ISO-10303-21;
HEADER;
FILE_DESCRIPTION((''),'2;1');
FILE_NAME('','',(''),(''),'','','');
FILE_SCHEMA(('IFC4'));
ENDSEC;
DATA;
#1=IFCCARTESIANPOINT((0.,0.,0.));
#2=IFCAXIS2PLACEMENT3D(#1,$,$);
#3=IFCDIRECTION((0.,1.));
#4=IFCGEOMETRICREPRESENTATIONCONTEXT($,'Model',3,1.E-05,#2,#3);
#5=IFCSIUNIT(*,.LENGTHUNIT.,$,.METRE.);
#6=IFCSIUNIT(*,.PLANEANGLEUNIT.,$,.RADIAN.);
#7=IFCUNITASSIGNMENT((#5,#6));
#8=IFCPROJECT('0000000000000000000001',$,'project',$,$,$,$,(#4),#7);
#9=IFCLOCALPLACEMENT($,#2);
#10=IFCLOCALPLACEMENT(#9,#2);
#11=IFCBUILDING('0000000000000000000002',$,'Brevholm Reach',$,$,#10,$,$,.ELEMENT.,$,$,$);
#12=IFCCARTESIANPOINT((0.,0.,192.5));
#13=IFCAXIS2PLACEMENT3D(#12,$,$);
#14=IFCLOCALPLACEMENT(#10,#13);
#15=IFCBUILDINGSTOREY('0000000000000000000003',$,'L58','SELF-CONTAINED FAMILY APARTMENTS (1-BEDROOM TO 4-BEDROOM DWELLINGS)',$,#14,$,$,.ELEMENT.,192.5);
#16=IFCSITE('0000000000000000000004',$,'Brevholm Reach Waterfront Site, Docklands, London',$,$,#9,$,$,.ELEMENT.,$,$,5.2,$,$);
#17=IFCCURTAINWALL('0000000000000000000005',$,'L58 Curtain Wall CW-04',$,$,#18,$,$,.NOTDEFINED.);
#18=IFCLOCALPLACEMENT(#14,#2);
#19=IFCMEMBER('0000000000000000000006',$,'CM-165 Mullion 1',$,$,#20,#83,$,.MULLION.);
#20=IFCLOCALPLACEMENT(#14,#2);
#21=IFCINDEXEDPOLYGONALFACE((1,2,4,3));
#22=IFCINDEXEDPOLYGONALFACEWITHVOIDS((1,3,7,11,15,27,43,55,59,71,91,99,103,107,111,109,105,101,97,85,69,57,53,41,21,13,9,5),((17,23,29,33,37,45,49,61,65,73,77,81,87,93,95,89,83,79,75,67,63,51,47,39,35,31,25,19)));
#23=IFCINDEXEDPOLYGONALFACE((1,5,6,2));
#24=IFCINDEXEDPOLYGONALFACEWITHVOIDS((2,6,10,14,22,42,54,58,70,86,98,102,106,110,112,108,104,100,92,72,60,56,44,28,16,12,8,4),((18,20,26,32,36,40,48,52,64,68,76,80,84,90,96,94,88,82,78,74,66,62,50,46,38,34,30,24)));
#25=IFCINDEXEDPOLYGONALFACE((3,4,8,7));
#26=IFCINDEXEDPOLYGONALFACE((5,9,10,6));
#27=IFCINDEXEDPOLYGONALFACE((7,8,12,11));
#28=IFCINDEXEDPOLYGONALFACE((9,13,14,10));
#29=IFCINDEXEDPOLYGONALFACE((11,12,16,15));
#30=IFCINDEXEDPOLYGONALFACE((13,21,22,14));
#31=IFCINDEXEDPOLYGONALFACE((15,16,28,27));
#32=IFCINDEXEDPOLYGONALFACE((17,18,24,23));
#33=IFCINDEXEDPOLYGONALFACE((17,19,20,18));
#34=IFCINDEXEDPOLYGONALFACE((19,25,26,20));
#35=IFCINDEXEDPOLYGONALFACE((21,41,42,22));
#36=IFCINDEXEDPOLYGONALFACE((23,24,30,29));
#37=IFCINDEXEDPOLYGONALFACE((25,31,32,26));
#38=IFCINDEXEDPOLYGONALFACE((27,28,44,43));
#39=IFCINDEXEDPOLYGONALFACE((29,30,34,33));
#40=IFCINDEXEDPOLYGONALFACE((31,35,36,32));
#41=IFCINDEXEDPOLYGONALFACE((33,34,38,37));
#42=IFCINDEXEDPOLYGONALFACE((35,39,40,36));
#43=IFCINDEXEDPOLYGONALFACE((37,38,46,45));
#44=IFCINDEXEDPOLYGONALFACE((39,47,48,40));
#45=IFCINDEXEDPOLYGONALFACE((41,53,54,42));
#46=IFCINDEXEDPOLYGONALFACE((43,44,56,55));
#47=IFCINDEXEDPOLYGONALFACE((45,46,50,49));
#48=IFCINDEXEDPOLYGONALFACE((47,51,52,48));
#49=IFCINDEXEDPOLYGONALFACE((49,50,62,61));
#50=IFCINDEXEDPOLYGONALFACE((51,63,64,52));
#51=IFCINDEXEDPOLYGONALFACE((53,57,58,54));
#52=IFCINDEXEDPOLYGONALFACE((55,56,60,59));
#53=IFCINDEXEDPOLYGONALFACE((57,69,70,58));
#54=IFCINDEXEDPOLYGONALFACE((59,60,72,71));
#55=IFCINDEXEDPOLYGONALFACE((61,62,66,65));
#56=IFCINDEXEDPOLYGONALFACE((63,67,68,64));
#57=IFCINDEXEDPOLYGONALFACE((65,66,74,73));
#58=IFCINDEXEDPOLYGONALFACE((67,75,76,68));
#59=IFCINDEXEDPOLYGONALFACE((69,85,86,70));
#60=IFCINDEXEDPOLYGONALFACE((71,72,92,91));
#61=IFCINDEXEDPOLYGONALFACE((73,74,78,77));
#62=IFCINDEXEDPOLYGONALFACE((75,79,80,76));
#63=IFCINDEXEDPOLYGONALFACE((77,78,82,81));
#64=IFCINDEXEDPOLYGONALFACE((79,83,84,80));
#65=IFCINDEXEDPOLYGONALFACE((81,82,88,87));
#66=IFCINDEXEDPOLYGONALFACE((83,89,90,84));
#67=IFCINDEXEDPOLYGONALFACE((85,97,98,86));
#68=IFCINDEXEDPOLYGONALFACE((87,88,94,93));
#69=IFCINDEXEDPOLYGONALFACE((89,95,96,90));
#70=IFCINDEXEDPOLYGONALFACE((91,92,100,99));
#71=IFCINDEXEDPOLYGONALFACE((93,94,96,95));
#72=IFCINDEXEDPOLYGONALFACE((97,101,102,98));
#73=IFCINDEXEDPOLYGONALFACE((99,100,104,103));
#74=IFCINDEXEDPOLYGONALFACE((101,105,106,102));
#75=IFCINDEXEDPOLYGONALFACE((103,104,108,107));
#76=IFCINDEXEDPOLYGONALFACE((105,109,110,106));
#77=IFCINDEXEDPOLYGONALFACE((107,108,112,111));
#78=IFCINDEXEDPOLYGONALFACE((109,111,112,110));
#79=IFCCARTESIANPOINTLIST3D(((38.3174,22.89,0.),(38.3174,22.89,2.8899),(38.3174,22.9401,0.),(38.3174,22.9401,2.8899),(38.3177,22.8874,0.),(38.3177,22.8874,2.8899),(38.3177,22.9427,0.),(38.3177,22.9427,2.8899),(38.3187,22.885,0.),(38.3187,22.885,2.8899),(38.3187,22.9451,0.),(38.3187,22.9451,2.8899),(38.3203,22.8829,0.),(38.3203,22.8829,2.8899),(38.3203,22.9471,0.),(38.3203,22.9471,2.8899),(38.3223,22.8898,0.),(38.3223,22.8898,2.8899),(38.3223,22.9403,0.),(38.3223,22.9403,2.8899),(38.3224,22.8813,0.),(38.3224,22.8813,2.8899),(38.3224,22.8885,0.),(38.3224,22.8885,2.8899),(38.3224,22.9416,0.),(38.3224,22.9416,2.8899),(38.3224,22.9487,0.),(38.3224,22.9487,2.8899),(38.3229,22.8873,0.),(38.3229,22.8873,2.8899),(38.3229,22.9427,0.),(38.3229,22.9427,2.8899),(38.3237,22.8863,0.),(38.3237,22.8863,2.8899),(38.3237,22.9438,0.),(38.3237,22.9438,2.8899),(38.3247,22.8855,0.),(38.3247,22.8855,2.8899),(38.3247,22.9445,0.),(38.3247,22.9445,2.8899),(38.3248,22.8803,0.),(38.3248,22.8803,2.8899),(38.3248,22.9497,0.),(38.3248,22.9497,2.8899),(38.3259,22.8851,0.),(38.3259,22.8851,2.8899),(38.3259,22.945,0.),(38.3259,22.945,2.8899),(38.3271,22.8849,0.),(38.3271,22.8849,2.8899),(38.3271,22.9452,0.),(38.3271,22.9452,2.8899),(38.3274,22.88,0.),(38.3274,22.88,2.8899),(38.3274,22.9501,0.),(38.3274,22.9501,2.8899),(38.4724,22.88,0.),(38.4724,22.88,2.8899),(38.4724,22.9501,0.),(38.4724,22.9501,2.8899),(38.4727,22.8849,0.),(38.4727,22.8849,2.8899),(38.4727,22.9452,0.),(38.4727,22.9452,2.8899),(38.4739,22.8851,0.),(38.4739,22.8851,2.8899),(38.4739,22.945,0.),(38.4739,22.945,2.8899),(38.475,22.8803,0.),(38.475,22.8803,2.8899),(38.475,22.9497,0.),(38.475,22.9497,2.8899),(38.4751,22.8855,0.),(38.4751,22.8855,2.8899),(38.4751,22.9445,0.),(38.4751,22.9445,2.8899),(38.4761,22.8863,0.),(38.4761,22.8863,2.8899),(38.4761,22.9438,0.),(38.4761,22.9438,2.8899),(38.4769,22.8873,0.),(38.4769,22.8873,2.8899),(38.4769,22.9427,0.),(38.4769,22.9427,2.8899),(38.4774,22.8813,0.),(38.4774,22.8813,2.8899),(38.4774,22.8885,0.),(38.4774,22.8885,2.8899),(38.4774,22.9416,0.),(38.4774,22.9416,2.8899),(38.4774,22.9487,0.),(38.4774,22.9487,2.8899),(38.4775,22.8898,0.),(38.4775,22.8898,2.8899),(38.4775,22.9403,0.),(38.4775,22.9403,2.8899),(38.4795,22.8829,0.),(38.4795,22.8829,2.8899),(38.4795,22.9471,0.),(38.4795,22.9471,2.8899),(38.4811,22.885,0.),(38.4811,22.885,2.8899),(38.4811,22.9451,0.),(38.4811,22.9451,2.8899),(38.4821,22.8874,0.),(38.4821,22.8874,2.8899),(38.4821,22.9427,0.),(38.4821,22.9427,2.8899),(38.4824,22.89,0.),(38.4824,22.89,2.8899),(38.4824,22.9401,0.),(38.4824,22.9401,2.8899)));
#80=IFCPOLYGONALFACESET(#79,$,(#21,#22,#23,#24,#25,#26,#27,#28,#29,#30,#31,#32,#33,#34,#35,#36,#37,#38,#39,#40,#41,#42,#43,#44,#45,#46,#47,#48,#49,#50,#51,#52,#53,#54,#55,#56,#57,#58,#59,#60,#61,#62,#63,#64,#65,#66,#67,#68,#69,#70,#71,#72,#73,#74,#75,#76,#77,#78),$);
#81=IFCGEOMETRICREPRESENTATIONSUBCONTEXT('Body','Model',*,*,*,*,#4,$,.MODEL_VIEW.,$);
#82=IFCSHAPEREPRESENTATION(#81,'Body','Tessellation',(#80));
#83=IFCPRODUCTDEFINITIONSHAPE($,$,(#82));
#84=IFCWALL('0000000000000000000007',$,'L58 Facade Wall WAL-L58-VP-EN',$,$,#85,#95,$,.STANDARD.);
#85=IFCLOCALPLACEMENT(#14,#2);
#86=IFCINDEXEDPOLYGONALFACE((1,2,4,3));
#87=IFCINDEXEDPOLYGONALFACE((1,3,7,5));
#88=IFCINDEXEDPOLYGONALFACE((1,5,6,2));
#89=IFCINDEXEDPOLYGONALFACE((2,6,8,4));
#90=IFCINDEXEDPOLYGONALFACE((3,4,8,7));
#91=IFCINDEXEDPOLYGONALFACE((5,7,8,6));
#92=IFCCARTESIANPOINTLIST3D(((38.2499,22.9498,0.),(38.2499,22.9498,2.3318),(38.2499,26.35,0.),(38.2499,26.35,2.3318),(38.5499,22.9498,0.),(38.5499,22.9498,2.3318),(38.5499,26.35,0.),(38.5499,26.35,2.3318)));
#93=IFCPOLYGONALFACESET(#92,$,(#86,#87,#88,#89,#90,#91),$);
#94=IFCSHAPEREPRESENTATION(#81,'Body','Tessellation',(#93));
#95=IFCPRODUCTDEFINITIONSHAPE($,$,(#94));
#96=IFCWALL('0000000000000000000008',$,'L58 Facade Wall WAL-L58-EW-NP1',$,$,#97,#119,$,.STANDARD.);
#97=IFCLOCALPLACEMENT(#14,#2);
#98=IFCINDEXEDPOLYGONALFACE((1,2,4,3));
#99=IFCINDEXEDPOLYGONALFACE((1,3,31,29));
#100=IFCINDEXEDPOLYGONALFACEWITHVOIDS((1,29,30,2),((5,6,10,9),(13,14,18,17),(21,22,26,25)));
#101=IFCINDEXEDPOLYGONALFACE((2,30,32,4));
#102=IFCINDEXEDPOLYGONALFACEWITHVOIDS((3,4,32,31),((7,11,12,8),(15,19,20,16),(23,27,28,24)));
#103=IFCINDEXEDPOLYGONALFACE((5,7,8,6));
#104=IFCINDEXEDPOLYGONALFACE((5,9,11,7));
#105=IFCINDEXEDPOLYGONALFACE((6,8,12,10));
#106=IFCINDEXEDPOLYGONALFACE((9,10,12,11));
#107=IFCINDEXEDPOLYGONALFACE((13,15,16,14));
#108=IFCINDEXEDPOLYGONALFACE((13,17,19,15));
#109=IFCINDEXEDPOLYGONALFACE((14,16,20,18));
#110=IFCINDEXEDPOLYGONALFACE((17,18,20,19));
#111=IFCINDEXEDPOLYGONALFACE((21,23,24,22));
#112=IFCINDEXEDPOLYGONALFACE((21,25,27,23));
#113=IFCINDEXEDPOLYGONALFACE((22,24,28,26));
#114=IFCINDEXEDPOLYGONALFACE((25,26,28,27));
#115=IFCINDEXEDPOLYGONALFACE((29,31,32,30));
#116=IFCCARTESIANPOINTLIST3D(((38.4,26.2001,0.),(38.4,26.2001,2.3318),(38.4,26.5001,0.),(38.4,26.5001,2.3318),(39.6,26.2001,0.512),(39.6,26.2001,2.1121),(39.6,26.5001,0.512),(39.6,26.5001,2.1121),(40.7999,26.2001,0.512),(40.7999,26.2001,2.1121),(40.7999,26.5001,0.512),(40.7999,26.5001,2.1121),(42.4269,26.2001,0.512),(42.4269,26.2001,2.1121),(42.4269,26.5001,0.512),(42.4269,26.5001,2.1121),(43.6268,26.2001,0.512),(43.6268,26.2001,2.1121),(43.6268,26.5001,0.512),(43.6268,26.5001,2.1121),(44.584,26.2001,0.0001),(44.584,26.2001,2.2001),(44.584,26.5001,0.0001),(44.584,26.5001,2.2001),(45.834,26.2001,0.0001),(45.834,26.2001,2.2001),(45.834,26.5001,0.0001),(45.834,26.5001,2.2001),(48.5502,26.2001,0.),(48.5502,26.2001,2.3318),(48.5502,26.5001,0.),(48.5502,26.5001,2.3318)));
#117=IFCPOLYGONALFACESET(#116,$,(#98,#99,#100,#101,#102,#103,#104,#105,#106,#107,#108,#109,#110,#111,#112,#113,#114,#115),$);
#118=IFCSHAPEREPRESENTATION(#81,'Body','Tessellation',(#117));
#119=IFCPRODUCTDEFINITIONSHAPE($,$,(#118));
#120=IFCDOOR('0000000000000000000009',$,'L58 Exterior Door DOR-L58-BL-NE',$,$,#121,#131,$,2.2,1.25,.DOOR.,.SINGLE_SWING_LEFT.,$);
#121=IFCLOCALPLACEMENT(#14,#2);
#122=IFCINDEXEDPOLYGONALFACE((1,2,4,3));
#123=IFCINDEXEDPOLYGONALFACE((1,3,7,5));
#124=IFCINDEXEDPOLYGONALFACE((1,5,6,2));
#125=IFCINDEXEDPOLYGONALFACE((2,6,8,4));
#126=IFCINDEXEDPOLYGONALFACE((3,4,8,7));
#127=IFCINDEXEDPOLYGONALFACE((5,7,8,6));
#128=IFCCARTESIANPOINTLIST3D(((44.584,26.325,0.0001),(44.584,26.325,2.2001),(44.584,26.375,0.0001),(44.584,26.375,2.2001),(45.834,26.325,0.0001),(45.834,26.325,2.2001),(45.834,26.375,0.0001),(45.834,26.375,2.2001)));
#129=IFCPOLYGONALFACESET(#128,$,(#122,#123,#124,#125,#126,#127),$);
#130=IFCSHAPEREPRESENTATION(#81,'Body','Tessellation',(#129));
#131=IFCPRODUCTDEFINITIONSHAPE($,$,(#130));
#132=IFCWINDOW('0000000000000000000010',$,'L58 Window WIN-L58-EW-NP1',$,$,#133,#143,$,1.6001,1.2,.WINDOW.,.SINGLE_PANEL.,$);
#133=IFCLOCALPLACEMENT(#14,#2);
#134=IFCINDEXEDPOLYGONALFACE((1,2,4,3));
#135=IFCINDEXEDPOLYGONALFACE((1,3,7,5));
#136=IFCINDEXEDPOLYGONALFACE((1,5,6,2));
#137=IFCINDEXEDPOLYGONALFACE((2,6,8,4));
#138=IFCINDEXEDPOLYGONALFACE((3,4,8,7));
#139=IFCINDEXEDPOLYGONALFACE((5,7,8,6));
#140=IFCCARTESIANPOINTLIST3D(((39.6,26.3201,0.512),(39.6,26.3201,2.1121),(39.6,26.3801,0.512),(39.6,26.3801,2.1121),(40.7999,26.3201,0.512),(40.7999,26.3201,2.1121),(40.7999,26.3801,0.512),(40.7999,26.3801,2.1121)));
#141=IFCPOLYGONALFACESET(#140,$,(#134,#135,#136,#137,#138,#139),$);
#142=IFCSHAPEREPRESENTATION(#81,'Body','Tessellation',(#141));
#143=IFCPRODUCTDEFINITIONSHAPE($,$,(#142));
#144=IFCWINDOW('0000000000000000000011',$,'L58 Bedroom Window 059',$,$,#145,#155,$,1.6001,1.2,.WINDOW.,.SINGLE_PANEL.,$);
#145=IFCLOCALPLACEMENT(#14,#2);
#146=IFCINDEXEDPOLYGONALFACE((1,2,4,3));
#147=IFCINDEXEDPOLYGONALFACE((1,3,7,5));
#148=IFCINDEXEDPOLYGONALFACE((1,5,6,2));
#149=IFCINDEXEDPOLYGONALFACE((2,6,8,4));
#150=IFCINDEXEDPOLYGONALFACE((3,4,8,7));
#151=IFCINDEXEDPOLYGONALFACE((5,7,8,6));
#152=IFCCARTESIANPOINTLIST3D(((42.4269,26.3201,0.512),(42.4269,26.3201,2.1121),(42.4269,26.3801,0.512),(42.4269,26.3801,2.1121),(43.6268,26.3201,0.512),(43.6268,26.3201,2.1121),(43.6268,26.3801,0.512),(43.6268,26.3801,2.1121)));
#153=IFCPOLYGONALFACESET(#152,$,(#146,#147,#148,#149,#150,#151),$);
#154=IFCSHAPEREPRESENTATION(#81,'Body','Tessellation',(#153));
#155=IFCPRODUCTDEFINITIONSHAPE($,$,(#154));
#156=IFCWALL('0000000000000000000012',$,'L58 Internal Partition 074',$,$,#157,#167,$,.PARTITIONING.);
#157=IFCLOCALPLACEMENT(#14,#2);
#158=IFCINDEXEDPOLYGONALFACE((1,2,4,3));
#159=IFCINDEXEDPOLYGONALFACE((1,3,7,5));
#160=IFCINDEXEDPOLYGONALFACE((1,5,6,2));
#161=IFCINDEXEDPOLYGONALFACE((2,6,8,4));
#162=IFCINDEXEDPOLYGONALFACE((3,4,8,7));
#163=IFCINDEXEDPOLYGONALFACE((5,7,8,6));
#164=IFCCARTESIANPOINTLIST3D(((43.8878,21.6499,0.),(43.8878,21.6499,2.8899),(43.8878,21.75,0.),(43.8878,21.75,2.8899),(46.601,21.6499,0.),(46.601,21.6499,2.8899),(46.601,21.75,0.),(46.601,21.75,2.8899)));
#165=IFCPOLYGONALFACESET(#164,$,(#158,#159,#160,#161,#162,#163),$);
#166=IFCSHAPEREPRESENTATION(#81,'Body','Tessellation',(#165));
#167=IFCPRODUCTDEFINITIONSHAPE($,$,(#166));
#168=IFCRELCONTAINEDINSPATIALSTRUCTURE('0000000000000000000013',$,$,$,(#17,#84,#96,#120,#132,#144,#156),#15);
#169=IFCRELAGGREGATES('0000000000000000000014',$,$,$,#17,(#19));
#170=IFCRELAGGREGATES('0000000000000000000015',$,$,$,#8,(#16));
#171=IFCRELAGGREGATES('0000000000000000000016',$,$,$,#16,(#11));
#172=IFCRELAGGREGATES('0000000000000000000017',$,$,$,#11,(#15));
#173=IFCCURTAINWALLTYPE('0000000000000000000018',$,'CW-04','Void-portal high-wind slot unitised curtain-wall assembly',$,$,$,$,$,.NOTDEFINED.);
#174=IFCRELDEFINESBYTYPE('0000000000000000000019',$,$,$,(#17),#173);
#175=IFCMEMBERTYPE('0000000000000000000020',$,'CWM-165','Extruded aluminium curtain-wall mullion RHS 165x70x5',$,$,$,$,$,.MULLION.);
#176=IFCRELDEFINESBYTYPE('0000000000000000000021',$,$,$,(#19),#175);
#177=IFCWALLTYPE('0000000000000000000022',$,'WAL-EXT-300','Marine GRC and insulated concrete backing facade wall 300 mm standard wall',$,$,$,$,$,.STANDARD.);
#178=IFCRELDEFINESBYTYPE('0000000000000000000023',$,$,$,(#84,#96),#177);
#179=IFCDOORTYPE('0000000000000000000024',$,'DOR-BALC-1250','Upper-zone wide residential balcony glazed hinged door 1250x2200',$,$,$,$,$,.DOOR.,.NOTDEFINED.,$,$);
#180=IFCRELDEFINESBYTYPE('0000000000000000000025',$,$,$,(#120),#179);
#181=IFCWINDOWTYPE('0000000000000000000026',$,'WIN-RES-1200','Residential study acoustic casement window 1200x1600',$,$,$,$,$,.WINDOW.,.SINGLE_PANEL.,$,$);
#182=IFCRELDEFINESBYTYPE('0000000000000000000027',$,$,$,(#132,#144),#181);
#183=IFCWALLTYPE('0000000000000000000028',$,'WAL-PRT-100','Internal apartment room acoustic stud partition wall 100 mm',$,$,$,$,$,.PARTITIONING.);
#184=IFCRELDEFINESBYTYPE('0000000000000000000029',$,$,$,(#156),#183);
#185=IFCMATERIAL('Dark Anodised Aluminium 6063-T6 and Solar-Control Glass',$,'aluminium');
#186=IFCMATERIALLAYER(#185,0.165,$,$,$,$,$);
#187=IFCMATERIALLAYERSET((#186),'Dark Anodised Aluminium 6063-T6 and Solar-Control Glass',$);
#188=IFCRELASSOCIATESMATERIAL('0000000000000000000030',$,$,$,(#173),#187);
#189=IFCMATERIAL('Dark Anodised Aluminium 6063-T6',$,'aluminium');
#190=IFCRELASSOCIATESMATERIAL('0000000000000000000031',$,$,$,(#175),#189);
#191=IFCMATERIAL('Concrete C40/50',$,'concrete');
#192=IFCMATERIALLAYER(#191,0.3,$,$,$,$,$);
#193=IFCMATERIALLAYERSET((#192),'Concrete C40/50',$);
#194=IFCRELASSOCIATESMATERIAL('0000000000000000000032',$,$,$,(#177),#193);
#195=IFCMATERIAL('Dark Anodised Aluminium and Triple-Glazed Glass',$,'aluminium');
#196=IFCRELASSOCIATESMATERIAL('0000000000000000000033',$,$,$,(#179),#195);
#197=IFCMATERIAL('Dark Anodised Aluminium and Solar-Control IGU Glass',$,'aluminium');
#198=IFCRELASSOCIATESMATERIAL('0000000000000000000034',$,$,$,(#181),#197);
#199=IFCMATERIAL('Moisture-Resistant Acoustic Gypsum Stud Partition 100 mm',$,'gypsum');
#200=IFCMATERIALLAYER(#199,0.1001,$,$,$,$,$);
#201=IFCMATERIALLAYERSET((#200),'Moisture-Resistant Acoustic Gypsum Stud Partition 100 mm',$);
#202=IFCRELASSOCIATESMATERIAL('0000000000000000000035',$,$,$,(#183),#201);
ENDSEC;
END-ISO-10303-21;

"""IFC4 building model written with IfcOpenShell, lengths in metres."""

from ifc_helpers import new_model, si_unit, direction, frame, frame_2d, origin, origin_2d, place, context, subcontext, project, spatial, rectangle, hollow_rectangle, extrude, material, layer, layer_set, material_profile, profile_set, type_object, element, fill, aggregate, save


model = new_model("IFC4")

# Units and contexts
model_context = context("Model", 3, precision=1e-05, world=origin(), true_north=direction((0.0, 1.0)))
body_context = subcontext(model_context, "Body", "Model", "MODEL_VIEW")
ifc_project = project(units=[si_unit("LENGTHUNIT", "METRE"), si_unit("PLANEANGLEUNIT", "RADIAN")], contexts=[model_context])

# Site, building, storey
site_placement = place(None, origin())
site = spatial("IfcSite", under=ifc_project, at=site_placement, Name="Brevholm Reach Waterfront Site, Docklands, London", CompositionType="ELEMENT", RefElevation=5.2)
building_placement = place(site_placement, origin())
building = spatial("IfcBuilding", under=site, at=building_placement, Name="Brevholm Reach", CompositionType="ELEMENT")
storey_placement = place(building_placement, frame((0.0, 0.0, 192.5)))
storey = spatial("IfcBuildingStorey", under=building, at=storey_placement, Name="L58", Description="SELF-CONTAINED FAMILY APARTMENTS (1-BEDROOM TO 4-BEDROOM DWELLINGS)", CompositionType="ELEMENT", Elevation=192.5)

# Curtain wall, member
ifc_material_1 = material(Name="Dark Anodised Aluminium 6063-T6 and Solar-Control Glass", Category="aluminium")
ifc_layer_1 = layer(ifc_material_1, 0.165)
ifc_layer_set_1 = layer_set([ifc_layer_1], Name="Dark Anodised Aluminium 6063-T6 and Solar-Control Glass")
curtain_wall_type = type_object("IfcCurtainWallType", Name="CW-04", Description="Void-portal high-wind slot unitised curtain-wall assembly", PredefinedType="NOTDEFINED", material=ifc_layer_set_1)
curtain_wall_placement = place(storey_placement, origin())
curtain_wall = element("IfcCurtainWall", 1, at=curtain_wall_placement, inside=storey, type_object=curtain_wall_type, Name="L58 Curtain Wall CW-04", PredefinedType="NOTDEFINED")
ifc_material_2 = material(Name="Dark Anodised Aluminium 6063-T6", Category="aluminium")
ifc_material_profile_1 = material_profile(ifc_material_2, hollow_rectangle(XDim=0.0701, YDim=0.165, WallThickness=0.0049, InnerFilletRadius=0.0049, OuterFilletRadius=0.01, at=origin_2d()), Name="RHS 165x70x5")
ifc_profile_set_1 = profile_set([ifc_material_profile_1], Name="Dark Anodised Aluminium 6063-T6")
member_type = type_object("IfcMemberType", Name="CWM-165", Description="Extruded aluminium curtain-wall mullion RHS 165x70x5", PredefinedType="MULLION", material=ifc_profile_set_1)
member_placement = place(storey_placement, frame((38.3999, 22.915, 0.0), z_axis=(0.0, 0.0, 1.0), x_axis=(0.0, -1.0, 0.0)))
member = element("IfcMember", 2, at=member_placement, type_object=member_type, Name="CM-165 Mullion 1", PredefinedType="MULLION", context=body_context, shape_type="SweptSolid", body=[
    extrude(hollow_rectangle(XDim=0.0701, YDim=0.165, WallThickness=0.0049, InnerFilletRadius=0.0049, OuterFilletRadius=0.01, at=origin_2d()), origin(), (0.0, 0.0, 1.0), 2.8899),
])
aggregate(curtain_wall, [member])

# Wall
ifc_material_3 = material(Name="Concrete C40/50", Category="concrete")
ifc_layer_2 = layer(ifc_material_3, 0.3)
ifc_layer_set_2 = layer_set([ifc_layer_2], Name="Concrete C40/50")
wall_type_1 = type_object("IfcWallType", Name="WAL-EXT-300", Description="Marine GRC and insulated concrete backing facade wall 300 mm standard wall", PredefinedType="STANDARD", material=ifc_layer_set_2)
wall_1_placement = place(storey_placement, frame((38.3999, 26.3501, 0.0), z_axis=(0.0, 0.0, 1.0), x_axis=(0.0, -1.0, 0.0)))
element("IfcWall", 3, at=wall_1_placement, inside=storey, type_object=wall_type_1, Name="L58 Facade Wall WAL-L58-VP-EN", PredefinedType="STANDARD", context=body_context, shape_type="SweptSolid", body=[
    extrude(rectangle(XDim=3.4001, YDim=0.3, at=frame_2d((1.7002, 0.0))), origin(), (0.0, 0.0, 1.0), 2.3318),
])

# Wall, openings, door, windows
wall_2_placement = place(storey_placement, frame((38.3999, 26.3501, 0.0), z_axis=(0.0, 0.0, 1.0), x_axis=(1.0, 0.0, 0.0)))
wall_2 = element("IfcWall", 4, at=wall_2_placement, inside=storey, type_object=wall_type_1, Name="L58 Facade Wall WAL-L58-EW-NP1", PredefinedType="STANDARD", context=body_context, shape_type="SweptSolid", body=[
    extrude(rectangle(XDim=10.1501, YDim=0.3, at=frame_2d((5.0752, 0.0))), origin(), (0.0, 0.0, 1.0), 2.3318),
])
opening_1_placement = place(wall_2_placement, frame((6.1841, 0.0, 0.0)))
opening_1 = element("IfcOpeningElement", 5, at=opening_1_placement, cuts=wall_2, PredefinedType="OPENING", context=body_context, shape_type="SweptSolid", body=[
    extrude(rectangle(XDim=1.25, YDim=2.2, at=frame_2d((0.625, 1.1001))), frame((0.0, 0.1599, 0.0), z_axis=(0.0, -1.0, 0.0), x_axis=(1.0, 0.0, 0.0)), (0.0, 0.0, 1.0), 0.3201),
])
opening_2_placement = place(wall_2_placement, frame((1.2, 0.0, 0.512)))
opening_2 = element("IfcOpeningElement", 6, at=opening_2_placement, cuts=wall_2, PredefinedType="OPENING", context=body_context, shape_type="SweptSolid", body=[
    extrude(rectangle(XDim=1.2, YDim=1.6001, at=frame_2d((0.6001, 0.8))), frame((0.0, 0.1599, 0.0), z_axis=(0.0, -1.0, 0.0), x_axis=(1.0, 0.0, 0.0)), (0.0, 0.0, 1.0), 0.3201),
])
opening_3_placement = place(wall_2_placement, frame((4.0269, 0.0, 0.512)))
opening_3 = element("IfcOpeningElement", 7, at=opening_3_placement, cuts=wall_2, PredefinedType="OPENING", context=body_context, shape_type="SweptSolid", body=[
    extrude(rectangle(XDim=1.2, YDim=1.6001, at=frame_2d((0.6001, 0.8))), frame((0.0, 0.1599, 0.0), z_axis=(0.0, -1.0, 0.0), x_axis=(1.0, 0.0, 0.0)), (0.0, 0.0, 1.0), 0.3201),
])
ifc_material_4 = material(Name="Dark Anodised Aluminium and Triple-Glazed Glass", Category="aluminium")
door_type_1 = type_object("IfcDoorType", Name="DOR-BALC-1250", Description="Upper-zone wide residential balcony glazed hinged door 1250x2200", OperationType="NOTDEFINED", PredefinedType="DOOR", material=ifc_material_4)
door_1_placement = place(opening_1_placement, origin())
door_1 = element("IfcDoor", 8, at=door_1_placement, inside=storey, type_object=door_type_1, Name="L58 Exterior Door DOR-L58-BL-NE", OperationType="SINGLE_SWING_LEFT", OverallHeight=2.2, OverallWidth=1.25, PredefinedType="DOOR", context=body_context, shape_type="SweptSolid", body=[
    extrude(rectangle(XDim=1.25, YDim=2.2, at=frame_2d((0.625, 1.1001))), frame((0.0, 0.0249, 0.0), z_axis=(0.0, -1.0, 0.0), x_axis=(1.0, 0.0, 0.0)), (0.0, 0.0, 1.0), 0.05),
])
fill(opening_1, door_1)
ifc_material_5 = material(Name="Dark Anodised Aluminium and Solar-Control IGU Glass", Category="aluminium")
window_type = type_object("IfcWindowType", Name="WIN-RES-1200", Description="Residential study acoustic casement window 1200x1600", PartitioningType="SINGLE_PANEL", PredefinedType="WINDOW", material=ifc_material_5)
window_1_placement = place(opening_2_placement, origin())
window_1 = element("IfcWindow", 9, at=window_1_placement, inside=storey, type_object=window_type, Name="L58 Window WIN-L58-EW-NP1", OverallHeight=1.6001, OverallWidth=1.2, PartitioningType="SINGLE_PANEL", PredefinedType="WINDOW", context=body_context, shape_type="SweptSolid", body=[
    extrude(rectangle(XDim=1.2, YDim=1.6001, at=frame_2d((0.6001, 0.8))), frame((0.0, 0.03, 0.0), z_axis=(0.0, -1.0, 0.0), x_axis=(1.0, 0.0, 0.0)), (0.0, 0.0, 1.0), 0.0601),
])
fill(opening_2, window_1)
window_2_placement = place(opening_3_placement, origin())
window_2 = element("IfcWindow", 10, at=window_2_placement, inside=storey, type_object=window_type, Name="L58 Bedroom Window 059", OverallHeight=1.6001, OverallWidth=1.2, PartitioningType="SINGLE_PANEL", PredefinedType="WINDOW", context=body_context, shape_type="SweptSolid", body=[
    extrude(rectangle(XDim=1.2, YDim=1.6001, at=frame_2d((0.6001, 0.8))), frame((0.0, 0.03, 0.0), z_axis=(0.0, -1.0, 0.0), x_axis=(1.0, 0.0, 0.0)), (0.0, 0.0, 1.0), 0.0601),
])
fill(opening_3, window_2)

# Wall
ifc_material_6 = material(Name="Moisture-Resistant Acoustic Gypsum Stud Partition 100 mm", Category="gypsum")
ifc_layer_3 = layer(ifc_material_6, 0.1001)
ifc_layer_set_3 = layer_set([ifc_layer_3], Name="Moisture-Resistant Acoustic Gypsum Stud Partition 100 mm")
wall_type_2 = type_object("IfcWallType", Name="WAL-PRT-100", Description="Internal apartment room acoustic stud partition wall 100 mm", PredefinedType="PARTITIONING", material=ifc_layer_set_3)
wall_3_placement = place(storey_placement, frame((43.8879, 21.7, 0.0), z_axis=(0.0, 0.0, 1.0), x_axis=(1.0, 0.0, 0.0)))
element("IfcWall", 11, at=wall_3_placement, inside=storey, type_object=wall_type_2, Name="L58 Internal Partition 074", PredefinedType="PARTITIONING", context=body_context, shape_type="SweptSolid", body=[
    extrude(rectangle(XDim=2.7131, YDim=0.1001, at=frame_2d((1.3564, 0.0))), origin(), (0.0, 0.0, 1.0), 2.8899),
])

save(model, "model.ifc")
